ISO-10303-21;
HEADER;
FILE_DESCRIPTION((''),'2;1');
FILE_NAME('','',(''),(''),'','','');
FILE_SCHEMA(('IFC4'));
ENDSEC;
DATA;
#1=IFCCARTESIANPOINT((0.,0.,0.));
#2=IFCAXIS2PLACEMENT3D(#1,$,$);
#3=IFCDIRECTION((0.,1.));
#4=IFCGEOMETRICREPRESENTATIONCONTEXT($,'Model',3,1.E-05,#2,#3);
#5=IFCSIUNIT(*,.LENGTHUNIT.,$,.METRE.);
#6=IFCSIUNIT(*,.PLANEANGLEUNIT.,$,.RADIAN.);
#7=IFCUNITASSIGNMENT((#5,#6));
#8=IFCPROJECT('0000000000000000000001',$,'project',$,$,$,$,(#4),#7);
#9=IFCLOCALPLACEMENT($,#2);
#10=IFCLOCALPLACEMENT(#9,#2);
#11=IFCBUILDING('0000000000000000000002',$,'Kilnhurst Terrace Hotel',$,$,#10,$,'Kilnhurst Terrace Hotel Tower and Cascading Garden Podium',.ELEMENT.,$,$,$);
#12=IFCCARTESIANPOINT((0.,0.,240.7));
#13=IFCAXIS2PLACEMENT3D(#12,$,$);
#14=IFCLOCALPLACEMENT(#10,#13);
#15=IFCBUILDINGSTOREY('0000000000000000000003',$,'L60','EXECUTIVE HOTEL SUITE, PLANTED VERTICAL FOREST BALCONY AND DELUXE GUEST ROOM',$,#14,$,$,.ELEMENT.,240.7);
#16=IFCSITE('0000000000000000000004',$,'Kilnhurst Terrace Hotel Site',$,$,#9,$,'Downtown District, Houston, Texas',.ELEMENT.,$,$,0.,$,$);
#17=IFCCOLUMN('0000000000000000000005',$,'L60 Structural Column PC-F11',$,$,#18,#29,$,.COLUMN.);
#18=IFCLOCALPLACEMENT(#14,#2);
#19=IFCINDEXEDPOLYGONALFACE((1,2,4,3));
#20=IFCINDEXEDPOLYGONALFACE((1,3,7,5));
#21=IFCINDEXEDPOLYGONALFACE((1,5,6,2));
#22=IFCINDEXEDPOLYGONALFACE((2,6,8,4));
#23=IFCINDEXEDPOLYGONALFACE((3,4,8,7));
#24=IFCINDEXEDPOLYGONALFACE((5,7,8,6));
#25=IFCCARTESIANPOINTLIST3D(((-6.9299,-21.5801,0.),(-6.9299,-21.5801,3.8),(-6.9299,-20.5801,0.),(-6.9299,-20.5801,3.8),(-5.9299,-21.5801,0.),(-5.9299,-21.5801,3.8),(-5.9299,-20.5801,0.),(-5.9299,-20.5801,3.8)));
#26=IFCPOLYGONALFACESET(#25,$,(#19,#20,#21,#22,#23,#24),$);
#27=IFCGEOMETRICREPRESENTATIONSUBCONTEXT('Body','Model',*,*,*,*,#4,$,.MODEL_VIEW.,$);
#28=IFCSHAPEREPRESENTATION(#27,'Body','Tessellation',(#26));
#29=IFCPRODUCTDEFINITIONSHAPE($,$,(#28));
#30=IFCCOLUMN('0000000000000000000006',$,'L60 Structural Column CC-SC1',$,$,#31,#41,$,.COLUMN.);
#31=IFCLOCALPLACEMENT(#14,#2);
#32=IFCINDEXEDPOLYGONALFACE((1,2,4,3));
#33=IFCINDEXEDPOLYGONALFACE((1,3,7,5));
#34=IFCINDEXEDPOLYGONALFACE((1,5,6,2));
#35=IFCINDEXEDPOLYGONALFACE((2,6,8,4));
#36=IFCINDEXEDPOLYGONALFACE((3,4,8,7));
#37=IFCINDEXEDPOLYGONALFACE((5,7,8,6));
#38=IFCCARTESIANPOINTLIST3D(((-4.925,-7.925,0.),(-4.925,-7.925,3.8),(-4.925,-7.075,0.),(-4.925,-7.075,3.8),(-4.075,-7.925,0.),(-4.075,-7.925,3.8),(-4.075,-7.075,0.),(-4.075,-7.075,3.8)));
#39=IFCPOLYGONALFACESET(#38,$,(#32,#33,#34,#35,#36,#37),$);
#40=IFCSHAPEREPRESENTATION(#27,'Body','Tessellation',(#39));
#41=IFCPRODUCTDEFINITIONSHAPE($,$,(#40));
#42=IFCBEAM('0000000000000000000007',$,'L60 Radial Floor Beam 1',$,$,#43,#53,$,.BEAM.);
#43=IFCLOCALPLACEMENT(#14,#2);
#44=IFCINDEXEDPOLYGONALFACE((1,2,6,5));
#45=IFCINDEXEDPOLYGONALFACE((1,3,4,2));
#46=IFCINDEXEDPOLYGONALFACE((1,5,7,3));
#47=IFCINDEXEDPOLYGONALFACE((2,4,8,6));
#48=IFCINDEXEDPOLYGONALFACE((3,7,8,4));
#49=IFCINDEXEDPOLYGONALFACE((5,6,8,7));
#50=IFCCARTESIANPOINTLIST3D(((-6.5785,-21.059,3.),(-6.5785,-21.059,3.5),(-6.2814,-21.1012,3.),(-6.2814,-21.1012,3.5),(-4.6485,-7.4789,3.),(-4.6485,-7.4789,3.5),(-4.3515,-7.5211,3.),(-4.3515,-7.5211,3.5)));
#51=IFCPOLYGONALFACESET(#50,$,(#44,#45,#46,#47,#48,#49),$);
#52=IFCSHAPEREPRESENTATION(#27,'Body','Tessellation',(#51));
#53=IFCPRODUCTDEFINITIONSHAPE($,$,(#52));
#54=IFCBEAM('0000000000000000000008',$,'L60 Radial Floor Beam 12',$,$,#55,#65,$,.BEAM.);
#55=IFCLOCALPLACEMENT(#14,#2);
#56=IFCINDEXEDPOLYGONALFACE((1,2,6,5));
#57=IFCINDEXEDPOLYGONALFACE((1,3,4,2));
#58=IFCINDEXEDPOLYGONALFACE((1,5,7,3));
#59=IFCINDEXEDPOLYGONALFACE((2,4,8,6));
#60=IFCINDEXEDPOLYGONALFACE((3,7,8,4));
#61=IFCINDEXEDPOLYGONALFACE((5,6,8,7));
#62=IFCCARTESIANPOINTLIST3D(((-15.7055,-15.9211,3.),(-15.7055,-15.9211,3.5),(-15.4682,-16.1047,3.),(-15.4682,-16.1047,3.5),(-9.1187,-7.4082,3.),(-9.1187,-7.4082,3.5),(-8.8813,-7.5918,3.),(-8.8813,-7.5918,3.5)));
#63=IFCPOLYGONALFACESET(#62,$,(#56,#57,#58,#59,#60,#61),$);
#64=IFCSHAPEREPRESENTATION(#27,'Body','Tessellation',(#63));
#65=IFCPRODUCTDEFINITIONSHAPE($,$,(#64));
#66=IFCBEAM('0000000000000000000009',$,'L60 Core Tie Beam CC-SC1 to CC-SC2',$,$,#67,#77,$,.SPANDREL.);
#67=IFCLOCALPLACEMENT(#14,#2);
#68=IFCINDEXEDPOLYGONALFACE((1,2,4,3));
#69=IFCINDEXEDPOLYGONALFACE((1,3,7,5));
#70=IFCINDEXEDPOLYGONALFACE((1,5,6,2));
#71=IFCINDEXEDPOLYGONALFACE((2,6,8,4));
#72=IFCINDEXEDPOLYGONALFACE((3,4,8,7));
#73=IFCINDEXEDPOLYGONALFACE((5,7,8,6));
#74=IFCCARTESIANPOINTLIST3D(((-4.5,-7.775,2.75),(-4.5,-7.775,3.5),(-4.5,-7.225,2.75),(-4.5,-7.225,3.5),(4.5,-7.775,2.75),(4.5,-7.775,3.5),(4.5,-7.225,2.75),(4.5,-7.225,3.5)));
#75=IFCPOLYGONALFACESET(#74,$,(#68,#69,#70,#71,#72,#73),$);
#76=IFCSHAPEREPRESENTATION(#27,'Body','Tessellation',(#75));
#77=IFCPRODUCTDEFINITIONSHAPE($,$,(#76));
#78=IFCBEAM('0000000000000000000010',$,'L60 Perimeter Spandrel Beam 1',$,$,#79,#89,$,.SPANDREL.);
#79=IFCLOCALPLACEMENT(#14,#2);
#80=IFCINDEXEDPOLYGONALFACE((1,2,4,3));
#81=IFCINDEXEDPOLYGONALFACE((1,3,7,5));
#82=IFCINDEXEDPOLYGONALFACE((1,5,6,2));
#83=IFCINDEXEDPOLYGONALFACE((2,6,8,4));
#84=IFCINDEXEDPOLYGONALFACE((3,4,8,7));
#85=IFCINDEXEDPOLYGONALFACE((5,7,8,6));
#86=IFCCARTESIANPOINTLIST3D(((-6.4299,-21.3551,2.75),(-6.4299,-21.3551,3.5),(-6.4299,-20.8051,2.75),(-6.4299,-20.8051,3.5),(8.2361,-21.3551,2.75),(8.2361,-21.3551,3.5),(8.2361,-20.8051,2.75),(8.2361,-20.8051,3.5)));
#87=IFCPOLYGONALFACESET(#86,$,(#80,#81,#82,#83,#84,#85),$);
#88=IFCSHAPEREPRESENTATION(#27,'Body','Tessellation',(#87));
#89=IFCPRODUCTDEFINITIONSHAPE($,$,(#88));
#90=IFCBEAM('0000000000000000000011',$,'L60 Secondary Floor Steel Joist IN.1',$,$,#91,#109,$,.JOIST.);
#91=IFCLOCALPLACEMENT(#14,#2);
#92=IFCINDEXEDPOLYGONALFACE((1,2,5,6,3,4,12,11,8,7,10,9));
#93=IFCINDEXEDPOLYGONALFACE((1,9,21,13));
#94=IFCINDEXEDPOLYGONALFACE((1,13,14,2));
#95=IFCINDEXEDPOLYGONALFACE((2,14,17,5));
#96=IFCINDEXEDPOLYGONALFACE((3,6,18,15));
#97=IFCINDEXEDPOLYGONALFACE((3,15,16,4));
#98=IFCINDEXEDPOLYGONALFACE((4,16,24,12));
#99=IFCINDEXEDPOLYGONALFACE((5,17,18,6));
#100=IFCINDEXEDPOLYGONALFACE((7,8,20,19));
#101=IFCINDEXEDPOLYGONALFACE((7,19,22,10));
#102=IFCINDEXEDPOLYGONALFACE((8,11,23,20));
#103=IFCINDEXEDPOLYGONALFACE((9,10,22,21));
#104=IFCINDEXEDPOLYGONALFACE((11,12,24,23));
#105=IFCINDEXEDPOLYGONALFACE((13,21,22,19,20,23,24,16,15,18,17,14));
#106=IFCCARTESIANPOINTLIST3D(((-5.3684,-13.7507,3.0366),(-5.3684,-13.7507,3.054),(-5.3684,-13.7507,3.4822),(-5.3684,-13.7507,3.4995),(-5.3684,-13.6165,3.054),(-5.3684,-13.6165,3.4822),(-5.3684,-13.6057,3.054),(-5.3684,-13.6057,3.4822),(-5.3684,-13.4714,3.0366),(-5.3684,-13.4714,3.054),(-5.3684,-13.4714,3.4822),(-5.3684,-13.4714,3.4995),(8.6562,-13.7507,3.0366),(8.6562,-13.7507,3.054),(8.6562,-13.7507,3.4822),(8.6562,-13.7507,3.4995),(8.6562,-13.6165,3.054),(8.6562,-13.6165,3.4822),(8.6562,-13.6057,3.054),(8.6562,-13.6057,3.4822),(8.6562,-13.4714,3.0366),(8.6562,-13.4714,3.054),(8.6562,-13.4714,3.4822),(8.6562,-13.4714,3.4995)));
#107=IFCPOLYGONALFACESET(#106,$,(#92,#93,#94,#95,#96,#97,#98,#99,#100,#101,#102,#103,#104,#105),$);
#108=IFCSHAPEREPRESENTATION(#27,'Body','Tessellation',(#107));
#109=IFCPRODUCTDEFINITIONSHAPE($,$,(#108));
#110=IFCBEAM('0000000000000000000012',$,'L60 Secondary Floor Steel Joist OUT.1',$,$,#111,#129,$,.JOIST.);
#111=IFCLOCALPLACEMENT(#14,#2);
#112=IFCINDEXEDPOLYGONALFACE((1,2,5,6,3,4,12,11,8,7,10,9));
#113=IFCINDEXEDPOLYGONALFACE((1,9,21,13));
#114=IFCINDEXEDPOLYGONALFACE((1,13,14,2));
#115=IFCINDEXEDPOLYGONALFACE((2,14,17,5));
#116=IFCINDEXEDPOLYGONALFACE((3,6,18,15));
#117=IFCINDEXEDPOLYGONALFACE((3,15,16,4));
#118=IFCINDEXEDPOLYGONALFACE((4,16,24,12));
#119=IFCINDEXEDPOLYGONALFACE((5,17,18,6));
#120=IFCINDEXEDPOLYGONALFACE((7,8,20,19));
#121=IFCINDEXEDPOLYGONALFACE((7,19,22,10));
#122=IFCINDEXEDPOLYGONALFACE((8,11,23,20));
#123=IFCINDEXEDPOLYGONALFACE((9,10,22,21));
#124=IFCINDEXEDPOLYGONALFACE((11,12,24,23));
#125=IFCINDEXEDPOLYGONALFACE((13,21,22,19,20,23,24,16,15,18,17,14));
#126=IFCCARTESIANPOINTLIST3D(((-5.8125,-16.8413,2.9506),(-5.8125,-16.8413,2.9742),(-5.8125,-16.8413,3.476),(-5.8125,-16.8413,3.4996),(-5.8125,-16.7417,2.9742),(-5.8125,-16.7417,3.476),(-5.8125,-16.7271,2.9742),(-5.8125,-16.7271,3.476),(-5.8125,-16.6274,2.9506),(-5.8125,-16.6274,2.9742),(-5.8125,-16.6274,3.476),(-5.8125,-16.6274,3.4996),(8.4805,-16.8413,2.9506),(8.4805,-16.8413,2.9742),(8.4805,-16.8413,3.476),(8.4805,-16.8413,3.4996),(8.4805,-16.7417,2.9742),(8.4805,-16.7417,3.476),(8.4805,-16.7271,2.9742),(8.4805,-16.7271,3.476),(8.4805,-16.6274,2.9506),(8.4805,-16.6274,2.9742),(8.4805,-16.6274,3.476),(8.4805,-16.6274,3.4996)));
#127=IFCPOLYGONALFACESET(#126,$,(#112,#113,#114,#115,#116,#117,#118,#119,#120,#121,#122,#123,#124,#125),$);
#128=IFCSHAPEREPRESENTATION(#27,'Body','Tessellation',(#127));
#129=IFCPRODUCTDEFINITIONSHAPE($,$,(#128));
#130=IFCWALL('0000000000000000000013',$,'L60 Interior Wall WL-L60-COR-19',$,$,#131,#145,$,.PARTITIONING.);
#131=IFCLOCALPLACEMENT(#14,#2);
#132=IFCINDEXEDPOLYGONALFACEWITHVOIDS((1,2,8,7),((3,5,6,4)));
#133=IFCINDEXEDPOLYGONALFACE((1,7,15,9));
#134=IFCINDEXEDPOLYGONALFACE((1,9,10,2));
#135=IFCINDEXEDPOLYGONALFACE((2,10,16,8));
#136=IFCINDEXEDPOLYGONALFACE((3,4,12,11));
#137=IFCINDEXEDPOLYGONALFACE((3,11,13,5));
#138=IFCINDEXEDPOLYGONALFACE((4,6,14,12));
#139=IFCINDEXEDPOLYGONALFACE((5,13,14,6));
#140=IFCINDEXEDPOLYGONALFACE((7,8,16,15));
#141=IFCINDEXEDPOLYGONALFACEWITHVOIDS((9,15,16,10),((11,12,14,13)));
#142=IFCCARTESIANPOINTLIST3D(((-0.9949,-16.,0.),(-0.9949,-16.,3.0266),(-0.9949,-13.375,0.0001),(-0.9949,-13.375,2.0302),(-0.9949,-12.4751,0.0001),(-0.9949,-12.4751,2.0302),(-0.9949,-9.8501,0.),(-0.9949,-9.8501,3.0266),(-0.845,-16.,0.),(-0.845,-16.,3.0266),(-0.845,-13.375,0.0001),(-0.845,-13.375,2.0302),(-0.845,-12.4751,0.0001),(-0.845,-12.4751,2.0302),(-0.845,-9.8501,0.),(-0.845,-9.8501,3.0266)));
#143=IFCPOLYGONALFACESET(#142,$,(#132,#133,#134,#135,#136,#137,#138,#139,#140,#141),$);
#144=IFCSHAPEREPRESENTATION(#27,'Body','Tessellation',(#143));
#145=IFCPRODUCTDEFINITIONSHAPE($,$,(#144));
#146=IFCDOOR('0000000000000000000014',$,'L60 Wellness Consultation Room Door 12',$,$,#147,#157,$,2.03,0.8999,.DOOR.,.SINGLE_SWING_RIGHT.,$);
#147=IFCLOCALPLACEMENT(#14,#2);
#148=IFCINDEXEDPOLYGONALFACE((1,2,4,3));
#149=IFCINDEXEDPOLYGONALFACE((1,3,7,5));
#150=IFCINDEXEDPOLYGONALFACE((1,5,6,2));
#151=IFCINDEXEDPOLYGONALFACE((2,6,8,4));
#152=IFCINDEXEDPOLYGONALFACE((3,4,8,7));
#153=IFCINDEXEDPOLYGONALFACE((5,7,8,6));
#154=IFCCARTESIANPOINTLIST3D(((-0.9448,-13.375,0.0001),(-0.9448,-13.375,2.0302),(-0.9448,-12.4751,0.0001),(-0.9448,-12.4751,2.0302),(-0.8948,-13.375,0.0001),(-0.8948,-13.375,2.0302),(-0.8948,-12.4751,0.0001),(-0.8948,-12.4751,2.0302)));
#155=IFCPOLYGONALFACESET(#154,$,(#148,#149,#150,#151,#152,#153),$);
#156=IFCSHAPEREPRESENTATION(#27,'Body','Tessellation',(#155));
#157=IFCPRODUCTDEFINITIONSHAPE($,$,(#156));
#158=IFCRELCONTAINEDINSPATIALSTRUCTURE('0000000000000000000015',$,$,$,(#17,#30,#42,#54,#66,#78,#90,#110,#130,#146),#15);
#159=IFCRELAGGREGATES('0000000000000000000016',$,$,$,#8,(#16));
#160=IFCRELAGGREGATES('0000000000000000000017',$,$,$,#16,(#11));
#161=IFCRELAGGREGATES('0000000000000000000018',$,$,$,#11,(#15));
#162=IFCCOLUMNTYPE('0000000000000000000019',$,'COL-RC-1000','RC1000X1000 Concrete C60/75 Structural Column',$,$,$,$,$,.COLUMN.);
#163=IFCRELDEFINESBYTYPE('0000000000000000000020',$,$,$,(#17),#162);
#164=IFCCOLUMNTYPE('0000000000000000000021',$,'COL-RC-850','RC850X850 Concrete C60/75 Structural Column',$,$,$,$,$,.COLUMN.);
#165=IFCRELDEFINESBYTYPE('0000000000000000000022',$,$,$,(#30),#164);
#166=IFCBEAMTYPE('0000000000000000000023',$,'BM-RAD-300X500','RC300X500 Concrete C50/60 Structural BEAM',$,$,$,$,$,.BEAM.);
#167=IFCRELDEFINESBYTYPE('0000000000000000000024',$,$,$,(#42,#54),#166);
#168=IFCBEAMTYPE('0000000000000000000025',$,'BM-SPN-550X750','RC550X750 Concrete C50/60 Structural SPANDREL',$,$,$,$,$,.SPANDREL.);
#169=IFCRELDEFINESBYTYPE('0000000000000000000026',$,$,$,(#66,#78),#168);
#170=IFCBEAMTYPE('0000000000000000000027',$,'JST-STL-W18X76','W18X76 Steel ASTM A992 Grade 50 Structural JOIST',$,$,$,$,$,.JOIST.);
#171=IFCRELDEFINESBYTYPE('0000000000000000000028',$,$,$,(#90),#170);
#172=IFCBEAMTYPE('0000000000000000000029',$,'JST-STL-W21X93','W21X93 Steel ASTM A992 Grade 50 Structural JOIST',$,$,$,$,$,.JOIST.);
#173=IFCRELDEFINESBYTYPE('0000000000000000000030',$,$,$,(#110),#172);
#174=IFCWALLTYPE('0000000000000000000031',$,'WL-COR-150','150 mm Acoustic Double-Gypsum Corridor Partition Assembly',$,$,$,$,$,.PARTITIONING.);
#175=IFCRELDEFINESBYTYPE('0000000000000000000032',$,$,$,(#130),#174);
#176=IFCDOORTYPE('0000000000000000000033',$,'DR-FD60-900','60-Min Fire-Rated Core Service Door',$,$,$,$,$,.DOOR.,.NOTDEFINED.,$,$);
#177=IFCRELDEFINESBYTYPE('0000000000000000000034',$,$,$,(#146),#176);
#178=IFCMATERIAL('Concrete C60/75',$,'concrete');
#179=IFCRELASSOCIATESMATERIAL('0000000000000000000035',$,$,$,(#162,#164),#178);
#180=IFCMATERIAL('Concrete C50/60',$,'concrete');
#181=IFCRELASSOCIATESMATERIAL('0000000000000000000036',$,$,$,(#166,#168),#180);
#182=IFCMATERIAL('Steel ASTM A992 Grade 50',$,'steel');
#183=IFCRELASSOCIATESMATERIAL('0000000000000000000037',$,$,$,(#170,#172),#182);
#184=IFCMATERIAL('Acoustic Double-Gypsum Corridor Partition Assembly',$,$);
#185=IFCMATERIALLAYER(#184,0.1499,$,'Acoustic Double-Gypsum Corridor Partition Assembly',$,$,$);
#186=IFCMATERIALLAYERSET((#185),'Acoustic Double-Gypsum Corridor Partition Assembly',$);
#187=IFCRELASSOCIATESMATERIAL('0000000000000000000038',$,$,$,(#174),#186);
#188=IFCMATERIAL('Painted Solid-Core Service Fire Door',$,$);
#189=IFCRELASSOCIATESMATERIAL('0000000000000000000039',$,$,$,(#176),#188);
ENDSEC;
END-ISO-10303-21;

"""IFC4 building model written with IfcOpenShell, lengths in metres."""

from ifc_helpers import new_model, si_unit, direction, frame, frame_2d, origin, origin_2d, place, context, subcontext, project, spatial, rectangle, i_section, extrude, material, layer, layer_set, material_profile, profile_set, type_object, element, fill, save


model = new_model("IFC4")

# Units and contexts
model_context = context("Model", 3, precision=1e-05, world=origin(), true_north=direction((0.0, 1.0)))
body_context = subcontext(model_context, "Body", "Model", "MODEL_VIEW")
ifc_project = project(units=[si_unit("LENGTHUNIT", "METRE"), si_unit("PLANEANGLEUNIT", "RADIAN")], contexts=[model_context])

# Site, building, storey
site_placement = place(None, origin())
site = spatial("IfcSite", under=ifc_project, at=site_placement, Name="Kilnhurst Terrace Hotel Site", LongName="Downtown District, Houston, Texas", CompositionType="ELEMENT", RefElevation=0.0)
building_placement = place(site_placement, origin())
building = spatial("IfcBuilding", under=site, at=building_placement, Name="Kilnhurst Terrace Hotel", LongName="Kilnhurst Terrace Hotel Tower and Cascading Garden Podium", CompositionType="ELEMENT")
storey_placement = place(building_placement, frame((0.0, 0.0, 240.7)))
storey = spatial("IfcBuildingStorey", under=building, at=storey_placement, Name="L60", Description="EXECUTIVE HOTEL SUITE, PLANTED VERTICAL FOREST BALCONY AND DELUXE GUEST ROOM", CompositionType="ELEMENT", Elevation=240.7)

# Columns
ifc_material_1 = material(Name="Concrete C60/75", Category="concrete")
ifc_material_profile_1 = material_profile(ifc_material_1, rectangle(XDim=1.0, YDim=1.0, at=origin_2d()), Name="RC1000X1000")
ifc_profile_set_1 = profile_set([ifc_material_profile_1], Name="Concrete C60/75")
column_type_1 = type_object("IfcColumnType", Name="COL-RC-1000", Description="RC1000X1000 Concrete C60/75 Structural Column", PredefinedType="COLUMN", material=ifc_profile_set_1)
column_1_placement = place(storey_placement, frame((-6.4299, -21.0801, 0.0), z_axis=(0.0, 0.0, 1.0), x_axis=(1.0, 0.0, 0.0)))
element("IfcColumn", 1, at=column_1_placement, inside=storey, type_object=column_type_1, Name="L60 Structural Column PC-F11", PredefinedType="COLUMN", context=body_context, shape_type="SweptSolid", body=[
    extrude(rectangle(XDim=1.0, YDim=1.0, at=origin_2d()), origin(), (0.0, 0.0, 1.0), 3.8),
])
ifc_material_profile_2 = material_profile(ifc_material_1, rectangle(XDim=0.8501, YDim=0.8501, at=origin_2d()), Name="RC850X850")
ifc_profile_set_2 = profile_set([ifc_material_profile_2], Name="Concrete C60/75")
column_type_2 = type_object("IfcColumnType", Name="COL-RC-850", Description="RC850X850 Concrete C60/75 Structural Column", PredefinedType="COLUMN", material=ifc_profile_set_2)
column_2_placement = place(storey_placement, frame((-4.5, -7.5, 0.0), z_axis=(0.0, 0.0, 1.0), x_axis=(1.0, 0.0, 0.0)))
element("IfcColumn", 2, at=column_2_placement, inside=storey, type_object=column_type_2, Name="L60 Structural Column CC-SC1", PredefinedType="COLUMN", context=body_context, shape_type="SweptSolid", body=[
    extrude(rectangle(XDim=0.8501, YDim=0.8501, at=origin_2d()), origin(), (0.0, 0.0, 1.0), 3.8),
])

# Beams
ifc_material_2 = material(Name="Concrete C50/60", Category="concrete")
ifc_material_profile_3 = material_profile(ifc_material_2, rectangle(XDim=0.3, YDim=0.5, at=origin_2d()), Name="RC300X500")
ifc_profile_set_3 = profile_set([ifc_material_profile_3], Name="Concrete C50/60")
beam_type_1 = type_object("IfcBeamType", Name="BM-RAD-300X500", Description="RC300X500 Concrete C50/60 Structural BEAM", PredefinedType="BEAM", material=ifc_profile_set_3)
beam_1_placement = place(storey_placement, frame((-4.5, -7.5, 3.25), z_axis=(-0.140701, -0.990052, 0.0), x_axis=(0.990052, -0.140701, 0.0)))
element("IfcBeam", 3, at=beam_1_placement, inside=storey, type_object=beam_type_1, Name="L60 Radial Floor Beam 1", PredefinedType="BEAM", context=body_context, shape_type="SweptSolid", body=[
    extrude(rectangle(XDim=0.3, YDim=0.5, at=origin_2d()), origin(), (0.0, 0.0, 1.0), 13.7166),
])
beam_2_placement = place(storey_placement, frame((-9.0, -7.5, 3.25), z_axis=(-0.611955, -0.790892, 0.0), x_axis=(0.790892, -0.611955, 0.0)))
element("IfcBeam", 4, at=beam_2_placement, inside=storey, type_object=beam_type_1, Name="L60 Radial Floor Beam 12", PredefinedType="BEAM", context=body_context, shape_type="SweptSolid", body=[
    extrude(rectangle(XDim=0.3, YDim=0.5, at=origin_2d()), origin(), (0.0, 0.0, 1.0), 10.7637),
])
ifc_material_profile_4 = material_profile(ifc_material_2, rectangle(XDim=0.55, YDim=0.75, at=origin_2d()), Name="RC550X750")
ifc_profile_set_4 = profile_set([ifc_material_profile_4], Name="Concrete C50/60")
beam_type_2 = type_object("IfcBeamType", Name="BM-SPN-550X750", Description="RC550X750 Concrete C50/60 Structural SPANDREL", PredefinedType="SPANDREL", material=ifc_profile_set_4)
beam_3_placement = place(storey_placement, frame((-4.5, -7.5, 3.125), z_axis=(1.0, 0.0, 0.0), x_axis=(0.0, 1.0, 0.0)))
element("IfcBeam", 5, at=beam_3_placement, inside=storey, type_object=beam_type_2, Name="L60 Core Tie Beam CC-SC1 to CC-SC2", PredefinedType="SPANDREL", context=body_context, shape_type="SweptSolid", body=[
    extrude(rectangle(XDim=0.55, YDim=0.75, at=origin_2d()), origin(), (0.0, 0.0, 1.0), 9.0),
])
beam_4_placement = place(storey_placement, frame((-6.4299, -21.0801, 3.125), z_axis=(1.0, 0.0, 0.0), x_axis=(0.0, 1.0, 0.0)))
element("IfcBeam", 6, at=beam_4_placement, inside=storey, type_object=beam_type_2, Name="L60 Perimeter Spandrel Beam 1", PredefinedType="SPANDREL", context=body_context, shape_type="SweptSolid", body=[
    extrude(rectangle(XDim=0.55, YDim=0.75, at=origin_2d()), origin(), (0.0, 0.0, 1.0), 14.666),
])
ifc_material_3 = material(Name="Steel ASTM A992 Grade 50", Category="steel")
ifc_material_profile_5 = material_profile(ifc_material_3, i_section(OverallWidth=0.2793, OverallDepth=0.4629, WebThickness=0.0107, FlangeThickness=0.0173, at=origin_2d()), Name="W18X76")
ifc_profile_set_5 = profile_set([ifc_material_profile_5], Name="Steel ASTM A992 Grade 50")
beam_type_3 = type_object("IfcBeamType", Name="JST-STL-W18X76", Description="W18X76 Steel ASTM A992 Grade 50 Structural JOIST", PredefinedType="JOIST", material=ifc_profile_set_5)
beam_5_placement = place(storey_placement, frame((-5.3684, -13.6111, 3.2681), z_axis=(1.0, 0.0, 0.0), x_axis=(0.0, 1.0, 0.0)))
element("IfcBeam", 7, at=beam_5_placement, inside=storey, type_object=beam_type_3, Name="L60 Secondary Floor Steel Joist IN.1", PredefinedType="JOIST", context=body_context, shape_type="SweptSolid", body=[
    extrude(i_section(OverallWidth=0.2793, OverallDepth=0.4629, WebThickness=0.0107, FlangeThickness=0.0173, at=origin_2d()), origin(), (0.0, 0.0, 1.0), 14.0247),
])
ifc_material_profile_6 = material_profile(ifc_material_3, i_section(OverallWidth=0.2139, OverallDepth=0.5491, WebThickness=0.0146, FlangeThickness=0.0237, at=origin_2d()), Name="W21X93")
ifc_profile_set_6 = profile_set([ifc_material_profile_6], Name="Steel ASTM A992 Grade 50")
beam_type_4 = type_object("IfcBeamType", Name="JST-STL-W21X93", Description="W21X93 Steel ASTM A992 Grade 50 Structural JOIST", PredefinedType="JOIST", material=ifc_profile_set_6)
beam_6_placement = place(storey_placement, frame((-5.8125, -16.7344, 3.2251), z_axis=(1.0, 0.0, 0.0), x_axis=(0.0, 1.0, 0.0)))
element("IfcBeam", 8, at=beam_6_placement, inside=storey, type_object=beam_type_4, Name="L60 Secondary Floor Steel Joist OUT.1", PredefinedType="JOIST", context=body_context, shape_type="SweptSolid", body=[
    extrude(i_section(OverallWidth=0.2139, OverallDepth=0.5491, WebThickness=0.0146, FlangeThickness=0.0237, at=origin_2d()), origin(), (0.0, 0.0, 1.0), 14.293),
])

# Wall, opening, door
ifc_material_4 = material(Name="Acoustic Double-Gypsum Corridor Partition Assembly")
ifc_layer_1 = layer(ifc_material_4, 0.1499, Name="Acoustic Double-Gypsum Corridor Partition Assembly")
ifc_layer_set_1 = layer_set([ifc_layer_1], Name="Acoustic Double-Gypsum Corridor Partition Assembly")
wall_type_1 = type_object("IfcWallType", Name="WL-COR-150", Description="150 mm Acoustic Double-Gypsum Corridor Partition Assembly", PredefinedType="PARTITIONING", material=ifc_layer_set_1)
wall_1_placement = place(storey_placement, frame((-0.9199, -16.0, 0.0), z_axis=(0.0, 0.0, 1.0), x_axis=(0.0, 1.0, 0.0)))
wall_1 = element("IfcWall", 9, at=wall_1_placement, inside=storey, type_object=wall_type_1, Name="L60 Interior Wall WL-L60-COR-19", PredefinedType="PARTITIONING", context=body_context, shape_type="SweptSolid", body=[
    extrude(rectangle(XDim=6.1499, YDim=0.1499, at=frame_2d((3.075, 0.0))), origin(), (0.0, 0.0, 1.0), 3.0266),
])
opening_1_placement = place(wall_1_placement, frame((2.625, 0.0, 0.0)))
opening_1 = element("IfcOpeningElement", 10, at=opening_1_placement, cuts=wall_1, PredefinedType="OPENING", context=body_context, shape_type="SweptSolid", body=[
    extrude(rectangle(XDim=0.8999, YDim=2.03, at=frame_2d((0.45, 1.0151))), frame((0.0, 0.085, 0.0), z_axis=(0.0, -1.0, 0.0), x_axis=(1.0, 0.0, 0.0)), (0.0, 0.0, 1.0), 0.1699),
])
ifc_material_5 = material(Name="Painted Solid-Core Service Fire Door")
door_type_1 = type_object("IfcDoorType", Name="DR-FD60-900", Description="60-Min Fire-Rated Core Service Door", OperationType="NOTDEFINED", PredefinedType="DOOR", material=ifc_material_5)
door_1_placement = place(opening_1_placement, origin())
door_1 = element("IfcDoor", 11, at=door_1_placement, inside=storey, type_object=door_type_1, Name="L60 Wellness Consultation Room Door 12", OperationType="SINGLE_SWING_RIGHT", OverallHeight=2.03, OverallWidth=0.8999, PredefinedType="DOOR", context=body_context, shape_type="SweptSolid", body=[
    extrude(rectangle(XDim=0.8999, YDim=2.03, at=frame_2d((0.45, 1.0151))), frame((0.0, 0.0249, 0.0), z_axis=(0.0, -1.0, 0.0), x_axis=(1.0, 0.0, 0.0)), (0.0, 0.0, 1.0), 0.05),
])
fill(opening_1, door_1)

save(model, "model.ifc")
